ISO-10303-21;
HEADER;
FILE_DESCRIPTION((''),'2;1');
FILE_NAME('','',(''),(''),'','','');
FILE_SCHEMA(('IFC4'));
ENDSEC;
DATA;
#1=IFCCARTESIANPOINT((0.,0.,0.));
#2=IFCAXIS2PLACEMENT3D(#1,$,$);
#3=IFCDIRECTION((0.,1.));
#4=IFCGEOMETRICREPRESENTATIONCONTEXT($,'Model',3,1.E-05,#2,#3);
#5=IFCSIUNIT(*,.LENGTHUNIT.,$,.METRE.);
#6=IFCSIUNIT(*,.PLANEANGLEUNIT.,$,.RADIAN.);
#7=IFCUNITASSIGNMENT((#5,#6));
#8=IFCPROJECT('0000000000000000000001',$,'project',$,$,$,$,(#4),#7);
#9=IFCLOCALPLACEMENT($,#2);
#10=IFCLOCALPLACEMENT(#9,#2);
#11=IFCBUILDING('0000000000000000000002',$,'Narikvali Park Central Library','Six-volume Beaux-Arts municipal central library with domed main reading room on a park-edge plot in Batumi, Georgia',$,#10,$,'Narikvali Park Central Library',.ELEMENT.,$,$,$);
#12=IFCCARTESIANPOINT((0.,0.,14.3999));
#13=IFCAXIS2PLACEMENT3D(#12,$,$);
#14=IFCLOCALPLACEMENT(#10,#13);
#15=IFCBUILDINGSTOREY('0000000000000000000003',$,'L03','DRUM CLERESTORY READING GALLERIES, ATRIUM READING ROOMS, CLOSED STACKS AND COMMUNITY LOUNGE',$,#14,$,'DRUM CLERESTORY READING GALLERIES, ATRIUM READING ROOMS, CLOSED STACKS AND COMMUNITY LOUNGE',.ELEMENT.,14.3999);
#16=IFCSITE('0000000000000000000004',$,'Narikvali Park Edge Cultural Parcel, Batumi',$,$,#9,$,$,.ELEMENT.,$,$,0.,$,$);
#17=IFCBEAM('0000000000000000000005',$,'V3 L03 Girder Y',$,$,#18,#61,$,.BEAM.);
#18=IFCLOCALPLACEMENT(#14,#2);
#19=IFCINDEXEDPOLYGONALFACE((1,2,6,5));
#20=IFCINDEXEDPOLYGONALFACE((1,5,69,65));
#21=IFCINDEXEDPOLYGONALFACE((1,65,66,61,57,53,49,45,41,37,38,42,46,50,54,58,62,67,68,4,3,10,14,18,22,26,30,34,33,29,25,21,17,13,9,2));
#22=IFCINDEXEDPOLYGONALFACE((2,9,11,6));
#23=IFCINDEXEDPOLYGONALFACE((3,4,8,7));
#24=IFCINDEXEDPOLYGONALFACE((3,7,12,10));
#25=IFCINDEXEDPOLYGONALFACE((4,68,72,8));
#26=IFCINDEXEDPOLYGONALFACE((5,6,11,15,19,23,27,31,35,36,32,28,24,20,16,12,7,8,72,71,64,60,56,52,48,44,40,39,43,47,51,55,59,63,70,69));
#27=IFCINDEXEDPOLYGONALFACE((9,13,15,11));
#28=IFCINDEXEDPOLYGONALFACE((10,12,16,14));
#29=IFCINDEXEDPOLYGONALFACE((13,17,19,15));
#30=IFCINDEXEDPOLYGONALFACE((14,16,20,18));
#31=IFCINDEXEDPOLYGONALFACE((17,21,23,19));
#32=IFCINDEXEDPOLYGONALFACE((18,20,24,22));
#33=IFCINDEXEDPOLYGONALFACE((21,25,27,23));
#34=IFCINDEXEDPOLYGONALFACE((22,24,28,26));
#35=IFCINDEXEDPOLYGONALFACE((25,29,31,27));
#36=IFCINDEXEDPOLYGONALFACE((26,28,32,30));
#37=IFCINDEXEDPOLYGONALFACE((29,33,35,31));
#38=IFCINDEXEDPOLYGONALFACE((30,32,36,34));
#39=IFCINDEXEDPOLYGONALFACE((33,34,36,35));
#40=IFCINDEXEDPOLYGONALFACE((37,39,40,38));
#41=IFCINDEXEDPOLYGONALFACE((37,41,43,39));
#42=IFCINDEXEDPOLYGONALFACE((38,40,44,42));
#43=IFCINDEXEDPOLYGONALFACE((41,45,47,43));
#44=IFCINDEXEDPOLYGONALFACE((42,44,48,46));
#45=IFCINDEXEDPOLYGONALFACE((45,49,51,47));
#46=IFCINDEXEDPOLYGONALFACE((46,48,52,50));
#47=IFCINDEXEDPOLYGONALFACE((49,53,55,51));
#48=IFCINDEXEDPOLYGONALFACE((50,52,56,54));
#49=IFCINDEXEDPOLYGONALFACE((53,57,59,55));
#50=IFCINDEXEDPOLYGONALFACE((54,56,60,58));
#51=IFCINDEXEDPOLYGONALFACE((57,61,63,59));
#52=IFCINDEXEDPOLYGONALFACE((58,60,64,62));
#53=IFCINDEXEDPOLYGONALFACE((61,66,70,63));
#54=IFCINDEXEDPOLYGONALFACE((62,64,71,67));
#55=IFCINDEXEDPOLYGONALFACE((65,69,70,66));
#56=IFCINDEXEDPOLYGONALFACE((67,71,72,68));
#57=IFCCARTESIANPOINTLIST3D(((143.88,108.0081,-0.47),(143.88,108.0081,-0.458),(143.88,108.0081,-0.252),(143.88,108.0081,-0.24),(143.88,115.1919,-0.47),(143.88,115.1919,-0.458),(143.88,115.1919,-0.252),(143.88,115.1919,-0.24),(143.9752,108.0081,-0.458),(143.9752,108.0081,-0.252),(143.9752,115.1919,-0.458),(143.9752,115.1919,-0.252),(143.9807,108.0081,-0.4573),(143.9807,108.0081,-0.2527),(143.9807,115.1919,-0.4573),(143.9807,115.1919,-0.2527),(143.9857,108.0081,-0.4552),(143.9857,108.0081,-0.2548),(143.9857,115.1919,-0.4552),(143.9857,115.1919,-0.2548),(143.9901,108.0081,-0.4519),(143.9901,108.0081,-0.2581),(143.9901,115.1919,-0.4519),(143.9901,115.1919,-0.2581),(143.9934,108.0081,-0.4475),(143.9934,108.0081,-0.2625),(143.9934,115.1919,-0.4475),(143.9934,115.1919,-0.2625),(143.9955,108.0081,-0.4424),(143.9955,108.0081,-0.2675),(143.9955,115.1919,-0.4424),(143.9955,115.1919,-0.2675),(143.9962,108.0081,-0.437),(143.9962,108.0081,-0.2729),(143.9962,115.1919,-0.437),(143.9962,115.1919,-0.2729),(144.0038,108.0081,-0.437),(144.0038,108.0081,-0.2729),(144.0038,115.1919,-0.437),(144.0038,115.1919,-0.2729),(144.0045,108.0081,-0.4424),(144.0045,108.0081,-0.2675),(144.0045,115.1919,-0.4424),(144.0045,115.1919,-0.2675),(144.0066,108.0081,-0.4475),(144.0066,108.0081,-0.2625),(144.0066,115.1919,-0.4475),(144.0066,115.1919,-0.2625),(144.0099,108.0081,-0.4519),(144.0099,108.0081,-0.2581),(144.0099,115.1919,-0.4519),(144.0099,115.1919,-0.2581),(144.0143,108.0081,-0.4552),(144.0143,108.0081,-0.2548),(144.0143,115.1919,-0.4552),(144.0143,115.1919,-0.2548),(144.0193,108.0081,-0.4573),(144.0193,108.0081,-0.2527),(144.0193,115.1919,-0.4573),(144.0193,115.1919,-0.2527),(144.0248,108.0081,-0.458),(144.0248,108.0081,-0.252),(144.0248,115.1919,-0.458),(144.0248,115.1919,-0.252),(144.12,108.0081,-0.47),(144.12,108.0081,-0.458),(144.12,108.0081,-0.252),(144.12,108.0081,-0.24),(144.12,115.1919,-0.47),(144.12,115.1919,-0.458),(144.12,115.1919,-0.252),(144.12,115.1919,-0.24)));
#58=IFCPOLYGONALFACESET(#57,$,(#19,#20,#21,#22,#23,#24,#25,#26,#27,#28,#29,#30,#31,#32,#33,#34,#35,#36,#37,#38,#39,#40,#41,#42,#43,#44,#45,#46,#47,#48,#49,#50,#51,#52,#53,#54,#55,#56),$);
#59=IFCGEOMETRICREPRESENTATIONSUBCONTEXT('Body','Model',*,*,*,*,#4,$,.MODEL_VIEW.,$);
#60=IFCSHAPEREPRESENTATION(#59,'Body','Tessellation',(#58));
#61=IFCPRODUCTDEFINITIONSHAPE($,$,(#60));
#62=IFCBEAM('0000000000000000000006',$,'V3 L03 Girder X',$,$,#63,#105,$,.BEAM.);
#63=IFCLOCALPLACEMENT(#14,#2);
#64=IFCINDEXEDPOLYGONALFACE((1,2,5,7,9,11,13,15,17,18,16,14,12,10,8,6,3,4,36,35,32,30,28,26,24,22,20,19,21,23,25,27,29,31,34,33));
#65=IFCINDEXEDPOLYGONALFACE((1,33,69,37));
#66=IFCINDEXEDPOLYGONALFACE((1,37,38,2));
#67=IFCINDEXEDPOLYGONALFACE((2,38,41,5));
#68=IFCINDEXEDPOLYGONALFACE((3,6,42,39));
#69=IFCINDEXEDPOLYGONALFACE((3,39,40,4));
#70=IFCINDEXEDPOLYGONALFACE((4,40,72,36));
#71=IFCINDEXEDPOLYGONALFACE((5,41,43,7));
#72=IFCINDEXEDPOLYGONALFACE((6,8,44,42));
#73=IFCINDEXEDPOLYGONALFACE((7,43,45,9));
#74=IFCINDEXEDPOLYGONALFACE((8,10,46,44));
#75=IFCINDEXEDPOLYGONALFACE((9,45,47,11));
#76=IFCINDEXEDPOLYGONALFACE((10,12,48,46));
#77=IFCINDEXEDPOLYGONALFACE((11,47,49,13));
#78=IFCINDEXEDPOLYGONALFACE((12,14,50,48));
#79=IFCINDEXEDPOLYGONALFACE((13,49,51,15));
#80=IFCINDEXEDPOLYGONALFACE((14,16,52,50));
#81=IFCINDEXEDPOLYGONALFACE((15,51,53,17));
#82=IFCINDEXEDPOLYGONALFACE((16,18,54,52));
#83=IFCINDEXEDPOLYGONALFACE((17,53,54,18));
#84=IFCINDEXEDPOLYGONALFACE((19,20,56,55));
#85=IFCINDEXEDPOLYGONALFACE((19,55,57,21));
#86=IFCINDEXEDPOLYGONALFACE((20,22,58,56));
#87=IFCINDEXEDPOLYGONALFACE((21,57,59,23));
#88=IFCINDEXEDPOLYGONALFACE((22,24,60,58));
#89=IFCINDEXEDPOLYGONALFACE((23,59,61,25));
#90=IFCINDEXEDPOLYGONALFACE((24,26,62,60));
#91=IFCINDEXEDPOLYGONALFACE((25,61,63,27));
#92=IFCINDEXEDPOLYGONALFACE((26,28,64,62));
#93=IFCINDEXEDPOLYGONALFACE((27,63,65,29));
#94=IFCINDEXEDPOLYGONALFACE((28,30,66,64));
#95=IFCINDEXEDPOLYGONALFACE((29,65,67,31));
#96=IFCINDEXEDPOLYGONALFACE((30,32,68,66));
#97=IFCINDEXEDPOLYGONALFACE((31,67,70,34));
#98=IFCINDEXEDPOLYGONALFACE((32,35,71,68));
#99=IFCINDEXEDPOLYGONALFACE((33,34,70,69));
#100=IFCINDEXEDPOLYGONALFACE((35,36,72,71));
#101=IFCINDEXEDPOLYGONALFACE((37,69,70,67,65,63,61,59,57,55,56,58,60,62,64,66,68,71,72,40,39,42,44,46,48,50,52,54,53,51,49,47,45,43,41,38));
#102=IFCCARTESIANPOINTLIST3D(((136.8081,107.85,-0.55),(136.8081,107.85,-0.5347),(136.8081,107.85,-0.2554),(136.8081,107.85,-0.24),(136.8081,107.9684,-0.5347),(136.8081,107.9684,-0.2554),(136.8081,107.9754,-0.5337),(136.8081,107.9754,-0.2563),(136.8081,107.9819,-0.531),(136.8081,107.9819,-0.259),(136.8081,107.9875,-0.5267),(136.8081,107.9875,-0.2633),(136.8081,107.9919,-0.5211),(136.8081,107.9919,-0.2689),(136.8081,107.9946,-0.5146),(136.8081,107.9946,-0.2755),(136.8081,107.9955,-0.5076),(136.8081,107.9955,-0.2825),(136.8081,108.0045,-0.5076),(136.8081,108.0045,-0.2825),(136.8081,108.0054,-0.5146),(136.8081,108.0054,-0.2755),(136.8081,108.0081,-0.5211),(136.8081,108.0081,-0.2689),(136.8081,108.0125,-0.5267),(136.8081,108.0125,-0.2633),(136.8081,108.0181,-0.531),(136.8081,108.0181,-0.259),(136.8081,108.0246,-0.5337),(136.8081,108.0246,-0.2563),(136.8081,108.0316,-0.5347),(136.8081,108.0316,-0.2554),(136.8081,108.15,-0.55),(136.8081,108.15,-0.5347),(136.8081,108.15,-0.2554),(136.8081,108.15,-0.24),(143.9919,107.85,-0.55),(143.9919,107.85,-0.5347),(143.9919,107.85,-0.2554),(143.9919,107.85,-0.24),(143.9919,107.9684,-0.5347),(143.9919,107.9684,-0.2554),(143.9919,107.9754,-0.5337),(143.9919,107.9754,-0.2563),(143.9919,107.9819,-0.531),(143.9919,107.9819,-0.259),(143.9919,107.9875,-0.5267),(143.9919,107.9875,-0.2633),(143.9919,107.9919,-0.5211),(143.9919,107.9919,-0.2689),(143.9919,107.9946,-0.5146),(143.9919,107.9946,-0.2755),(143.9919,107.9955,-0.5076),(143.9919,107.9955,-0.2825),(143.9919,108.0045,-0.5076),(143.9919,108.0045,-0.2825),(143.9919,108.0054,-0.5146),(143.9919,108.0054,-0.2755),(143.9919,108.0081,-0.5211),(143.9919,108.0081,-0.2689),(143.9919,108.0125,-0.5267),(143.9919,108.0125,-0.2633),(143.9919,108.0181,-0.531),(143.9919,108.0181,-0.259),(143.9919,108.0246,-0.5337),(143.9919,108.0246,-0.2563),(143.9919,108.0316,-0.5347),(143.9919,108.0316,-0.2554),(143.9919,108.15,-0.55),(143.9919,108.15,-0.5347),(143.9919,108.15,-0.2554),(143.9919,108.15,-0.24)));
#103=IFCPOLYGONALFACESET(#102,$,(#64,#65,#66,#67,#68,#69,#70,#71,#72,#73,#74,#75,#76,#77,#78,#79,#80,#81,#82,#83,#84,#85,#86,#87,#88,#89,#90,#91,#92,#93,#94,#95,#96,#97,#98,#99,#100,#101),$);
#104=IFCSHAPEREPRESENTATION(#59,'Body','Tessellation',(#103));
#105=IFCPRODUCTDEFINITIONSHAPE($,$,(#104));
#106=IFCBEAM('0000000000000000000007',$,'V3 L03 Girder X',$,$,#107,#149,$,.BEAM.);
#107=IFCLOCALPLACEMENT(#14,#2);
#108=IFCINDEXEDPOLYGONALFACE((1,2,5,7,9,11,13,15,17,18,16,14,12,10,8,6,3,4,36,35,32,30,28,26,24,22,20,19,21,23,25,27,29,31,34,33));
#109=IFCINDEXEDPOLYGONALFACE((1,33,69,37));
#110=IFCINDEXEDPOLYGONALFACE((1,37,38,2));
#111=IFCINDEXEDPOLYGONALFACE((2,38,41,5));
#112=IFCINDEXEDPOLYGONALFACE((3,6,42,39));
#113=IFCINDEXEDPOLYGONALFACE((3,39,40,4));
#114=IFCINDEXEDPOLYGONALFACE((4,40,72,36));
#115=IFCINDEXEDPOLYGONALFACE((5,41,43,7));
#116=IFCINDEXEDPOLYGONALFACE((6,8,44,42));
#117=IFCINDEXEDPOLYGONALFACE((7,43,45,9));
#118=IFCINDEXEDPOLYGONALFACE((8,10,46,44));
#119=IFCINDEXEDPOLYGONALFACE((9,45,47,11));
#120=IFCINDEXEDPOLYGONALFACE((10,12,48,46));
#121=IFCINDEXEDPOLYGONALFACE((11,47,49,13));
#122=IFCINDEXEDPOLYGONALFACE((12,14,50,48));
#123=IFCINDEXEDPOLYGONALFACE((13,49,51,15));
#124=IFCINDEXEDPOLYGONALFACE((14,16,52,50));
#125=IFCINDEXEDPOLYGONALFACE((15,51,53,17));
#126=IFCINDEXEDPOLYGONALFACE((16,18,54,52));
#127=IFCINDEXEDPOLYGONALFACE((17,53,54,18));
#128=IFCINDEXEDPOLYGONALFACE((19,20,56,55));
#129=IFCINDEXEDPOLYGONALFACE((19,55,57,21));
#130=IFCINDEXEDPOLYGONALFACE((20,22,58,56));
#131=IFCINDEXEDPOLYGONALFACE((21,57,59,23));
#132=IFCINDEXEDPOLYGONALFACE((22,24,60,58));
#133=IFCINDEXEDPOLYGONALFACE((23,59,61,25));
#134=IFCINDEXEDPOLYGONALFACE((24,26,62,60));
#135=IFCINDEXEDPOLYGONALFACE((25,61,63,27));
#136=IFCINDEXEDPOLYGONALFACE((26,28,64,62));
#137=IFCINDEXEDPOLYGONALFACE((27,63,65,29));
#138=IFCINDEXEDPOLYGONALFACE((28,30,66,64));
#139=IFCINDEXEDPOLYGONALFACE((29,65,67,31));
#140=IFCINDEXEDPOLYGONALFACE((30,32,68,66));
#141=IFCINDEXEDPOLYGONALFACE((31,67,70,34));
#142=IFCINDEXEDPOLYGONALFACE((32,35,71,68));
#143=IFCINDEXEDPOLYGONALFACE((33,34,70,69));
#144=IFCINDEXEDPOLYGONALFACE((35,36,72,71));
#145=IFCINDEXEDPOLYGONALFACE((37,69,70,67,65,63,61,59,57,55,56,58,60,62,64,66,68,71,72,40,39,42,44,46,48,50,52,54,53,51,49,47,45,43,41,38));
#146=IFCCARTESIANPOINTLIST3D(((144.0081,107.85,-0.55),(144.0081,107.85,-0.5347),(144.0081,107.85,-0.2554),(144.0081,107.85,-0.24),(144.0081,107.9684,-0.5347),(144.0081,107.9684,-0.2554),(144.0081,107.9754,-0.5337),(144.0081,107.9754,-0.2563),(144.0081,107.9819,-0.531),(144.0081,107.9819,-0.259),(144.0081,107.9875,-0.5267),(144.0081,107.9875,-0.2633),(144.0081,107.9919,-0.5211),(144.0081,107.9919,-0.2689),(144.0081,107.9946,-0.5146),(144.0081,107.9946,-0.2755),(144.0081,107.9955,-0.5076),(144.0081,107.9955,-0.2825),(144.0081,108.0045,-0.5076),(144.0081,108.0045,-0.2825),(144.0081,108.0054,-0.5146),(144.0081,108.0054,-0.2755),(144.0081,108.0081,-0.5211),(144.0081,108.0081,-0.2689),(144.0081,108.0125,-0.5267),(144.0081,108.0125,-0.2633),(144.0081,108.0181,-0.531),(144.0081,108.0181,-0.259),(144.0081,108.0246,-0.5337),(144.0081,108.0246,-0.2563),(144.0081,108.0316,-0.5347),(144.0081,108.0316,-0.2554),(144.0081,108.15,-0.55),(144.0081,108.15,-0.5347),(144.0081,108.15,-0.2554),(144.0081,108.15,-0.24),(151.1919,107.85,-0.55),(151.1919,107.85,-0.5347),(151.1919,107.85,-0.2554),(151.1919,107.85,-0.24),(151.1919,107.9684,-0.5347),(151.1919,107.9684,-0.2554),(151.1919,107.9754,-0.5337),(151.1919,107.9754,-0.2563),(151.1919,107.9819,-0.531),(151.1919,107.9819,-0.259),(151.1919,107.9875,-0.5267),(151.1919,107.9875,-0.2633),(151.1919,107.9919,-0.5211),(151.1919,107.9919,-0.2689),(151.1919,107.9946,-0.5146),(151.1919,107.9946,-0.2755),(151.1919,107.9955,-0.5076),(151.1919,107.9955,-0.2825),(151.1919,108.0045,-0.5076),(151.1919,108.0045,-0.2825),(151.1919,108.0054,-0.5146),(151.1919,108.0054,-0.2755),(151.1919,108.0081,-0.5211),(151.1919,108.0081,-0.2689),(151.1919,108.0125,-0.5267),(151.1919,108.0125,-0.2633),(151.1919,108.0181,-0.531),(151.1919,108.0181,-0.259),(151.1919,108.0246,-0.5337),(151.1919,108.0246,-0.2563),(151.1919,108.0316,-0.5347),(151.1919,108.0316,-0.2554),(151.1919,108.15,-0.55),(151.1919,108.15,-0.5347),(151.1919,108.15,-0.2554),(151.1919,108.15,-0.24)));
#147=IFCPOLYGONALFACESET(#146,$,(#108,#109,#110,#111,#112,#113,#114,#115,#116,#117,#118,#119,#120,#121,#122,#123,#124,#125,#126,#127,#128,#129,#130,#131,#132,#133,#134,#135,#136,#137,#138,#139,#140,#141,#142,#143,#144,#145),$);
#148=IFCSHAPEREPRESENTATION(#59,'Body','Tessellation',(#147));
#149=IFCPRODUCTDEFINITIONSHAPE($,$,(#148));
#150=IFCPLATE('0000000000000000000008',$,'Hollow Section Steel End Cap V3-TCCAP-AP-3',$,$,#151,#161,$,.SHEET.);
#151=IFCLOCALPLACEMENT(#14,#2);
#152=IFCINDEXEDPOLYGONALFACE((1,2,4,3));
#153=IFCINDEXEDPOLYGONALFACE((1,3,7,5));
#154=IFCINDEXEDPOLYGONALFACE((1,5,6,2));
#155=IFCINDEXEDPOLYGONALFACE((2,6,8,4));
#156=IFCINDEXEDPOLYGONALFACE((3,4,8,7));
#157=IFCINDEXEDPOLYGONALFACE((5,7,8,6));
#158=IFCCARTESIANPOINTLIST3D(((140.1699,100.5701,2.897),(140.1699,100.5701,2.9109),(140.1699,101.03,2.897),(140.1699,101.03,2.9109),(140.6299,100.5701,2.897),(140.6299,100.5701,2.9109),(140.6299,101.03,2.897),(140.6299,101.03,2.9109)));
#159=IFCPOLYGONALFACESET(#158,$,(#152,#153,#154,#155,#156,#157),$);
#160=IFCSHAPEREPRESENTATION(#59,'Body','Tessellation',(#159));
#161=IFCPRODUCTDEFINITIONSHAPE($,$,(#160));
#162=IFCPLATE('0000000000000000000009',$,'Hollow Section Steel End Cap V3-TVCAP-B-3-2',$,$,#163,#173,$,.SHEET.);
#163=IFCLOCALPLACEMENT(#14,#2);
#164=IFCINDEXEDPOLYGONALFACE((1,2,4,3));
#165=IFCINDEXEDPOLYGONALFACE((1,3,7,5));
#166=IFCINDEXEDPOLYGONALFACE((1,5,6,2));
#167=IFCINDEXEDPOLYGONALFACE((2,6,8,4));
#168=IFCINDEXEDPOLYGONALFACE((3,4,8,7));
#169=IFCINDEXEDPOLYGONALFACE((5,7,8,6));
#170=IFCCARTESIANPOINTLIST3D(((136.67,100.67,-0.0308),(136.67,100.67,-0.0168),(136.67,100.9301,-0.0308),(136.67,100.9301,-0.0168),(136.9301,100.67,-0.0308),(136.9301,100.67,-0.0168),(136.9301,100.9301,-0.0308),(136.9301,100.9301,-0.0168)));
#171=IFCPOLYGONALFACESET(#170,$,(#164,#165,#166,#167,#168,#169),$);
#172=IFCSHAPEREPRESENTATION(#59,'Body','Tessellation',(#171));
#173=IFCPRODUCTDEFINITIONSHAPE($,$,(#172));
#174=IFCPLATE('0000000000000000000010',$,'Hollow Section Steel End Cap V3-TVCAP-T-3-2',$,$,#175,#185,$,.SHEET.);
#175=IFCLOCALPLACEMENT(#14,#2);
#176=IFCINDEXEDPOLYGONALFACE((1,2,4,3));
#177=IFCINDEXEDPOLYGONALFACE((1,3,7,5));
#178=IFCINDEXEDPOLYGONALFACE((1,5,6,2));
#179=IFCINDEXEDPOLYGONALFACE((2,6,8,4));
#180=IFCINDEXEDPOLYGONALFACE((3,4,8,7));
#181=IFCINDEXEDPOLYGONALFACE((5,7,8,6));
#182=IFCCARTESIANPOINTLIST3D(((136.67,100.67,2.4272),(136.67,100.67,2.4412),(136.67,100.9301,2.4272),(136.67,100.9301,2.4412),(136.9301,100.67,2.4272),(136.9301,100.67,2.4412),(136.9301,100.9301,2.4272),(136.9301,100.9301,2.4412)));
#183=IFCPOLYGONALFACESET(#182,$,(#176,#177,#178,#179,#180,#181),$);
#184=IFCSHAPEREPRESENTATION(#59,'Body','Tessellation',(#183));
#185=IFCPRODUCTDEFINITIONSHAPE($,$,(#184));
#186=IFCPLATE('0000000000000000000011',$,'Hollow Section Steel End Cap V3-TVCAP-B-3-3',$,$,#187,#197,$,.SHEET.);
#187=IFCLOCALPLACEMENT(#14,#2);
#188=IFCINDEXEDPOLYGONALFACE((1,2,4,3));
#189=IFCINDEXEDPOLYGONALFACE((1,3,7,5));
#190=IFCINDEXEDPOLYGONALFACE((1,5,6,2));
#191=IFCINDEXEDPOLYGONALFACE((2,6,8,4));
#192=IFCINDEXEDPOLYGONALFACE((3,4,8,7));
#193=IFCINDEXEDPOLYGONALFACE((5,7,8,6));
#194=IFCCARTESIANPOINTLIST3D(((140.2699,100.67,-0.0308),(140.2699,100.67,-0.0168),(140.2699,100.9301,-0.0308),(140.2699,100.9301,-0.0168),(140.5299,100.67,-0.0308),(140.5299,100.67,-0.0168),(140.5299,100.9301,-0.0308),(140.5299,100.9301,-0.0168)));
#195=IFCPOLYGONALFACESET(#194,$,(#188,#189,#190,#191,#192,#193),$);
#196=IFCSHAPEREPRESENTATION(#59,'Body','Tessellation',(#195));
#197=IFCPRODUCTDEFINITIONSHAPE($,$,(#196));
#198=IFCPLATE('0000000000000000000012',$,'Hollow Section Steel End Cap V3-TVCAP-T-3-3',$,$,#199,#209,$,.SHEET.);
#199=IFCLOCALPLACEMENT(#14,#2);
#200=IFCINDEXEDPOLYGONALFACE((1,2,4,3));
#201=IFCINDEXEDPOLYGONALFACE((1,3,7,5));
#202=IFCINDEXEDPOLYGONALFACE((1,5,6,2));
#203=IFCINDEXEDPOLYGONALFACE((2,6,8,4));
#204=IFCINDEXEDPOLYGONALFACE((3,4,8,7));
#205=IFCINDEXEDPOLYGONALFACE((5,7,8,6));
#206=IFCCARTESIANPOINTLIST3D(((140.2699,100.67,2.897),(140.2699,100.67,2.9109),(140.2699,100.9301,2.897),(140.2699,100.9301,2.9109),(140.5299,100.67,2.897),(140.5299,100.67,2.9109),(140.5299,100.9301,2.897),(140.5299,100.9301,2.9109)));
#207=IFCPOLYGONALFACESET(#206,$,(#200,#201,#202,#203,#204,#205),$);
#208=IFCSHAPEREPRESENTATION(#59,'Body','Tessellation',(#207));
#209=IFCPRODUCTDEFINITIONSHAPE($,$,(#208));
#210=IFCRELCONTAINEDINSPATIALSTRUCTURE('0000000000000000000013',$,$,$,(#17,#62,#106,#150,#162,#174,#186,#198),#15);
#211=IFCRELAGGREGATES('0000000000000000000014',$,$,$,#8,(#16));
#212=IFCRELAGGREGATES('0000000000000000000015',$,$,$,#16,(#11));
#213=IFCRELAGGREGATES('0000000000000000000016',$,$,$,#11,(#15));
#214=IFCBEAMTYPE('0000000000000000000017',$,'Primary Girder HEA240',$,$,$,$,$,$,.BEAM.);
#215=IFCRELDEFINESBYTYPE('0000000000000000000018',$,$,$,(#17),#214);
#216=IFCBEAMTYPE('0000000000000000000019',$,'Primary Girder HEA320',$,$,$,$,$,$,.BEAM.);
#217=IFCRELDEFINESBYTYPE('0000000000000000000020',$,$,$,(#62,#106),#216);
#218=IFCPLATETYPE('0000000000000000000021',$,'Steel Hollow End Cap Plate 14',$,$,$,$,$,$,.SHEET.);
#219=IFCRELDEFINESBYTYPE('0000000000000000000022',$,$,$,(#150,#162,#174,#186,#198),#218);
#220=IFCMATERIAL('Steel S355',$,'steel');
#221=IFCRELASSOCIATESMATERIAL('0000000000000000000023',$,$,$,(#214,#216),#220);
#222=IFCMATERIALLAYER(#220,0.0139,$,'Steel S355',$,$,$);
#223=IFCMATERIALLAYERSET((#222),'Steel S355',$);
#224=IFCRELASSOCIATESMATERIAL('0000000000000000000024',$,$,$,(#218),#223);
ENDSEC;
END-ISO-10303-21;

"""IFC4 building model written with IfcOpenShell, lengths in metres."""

from ifc_helpers import new_model, si_unit, direction, frame, origin, origin_2d, place, context, subcontext, project, spatial, rectangle, i_section, extrude, material, layer, layer_set, material_profile, profile_set, type_object, element, save


model = new_model("IFC4")

# Units and contexts
model_context = context("Model", 3, precision=1e-05, world=origin(), true_north=direction((0.0, 1.0)))
body_context = subcontext(model_context, "Body", "Model", "MODEL_VIEW")
ifc_project = project(units=[si_unit("LENGTHUNIT", "METRE"), si_unit("PLANEANGLEUNIT", "RADIAN")], contexts=[model_context])

# Site, building, storey
site_placement = place(None, origin())
site = spatial("IfcSite", under=ifc_project, at=site_placement, Name="Narikvali Park Edge Cultural Parcel, Batumi", CompositionType="ELEMENT", RefElevation=0.0)
building_placement = place(site_placement, origin())
building = spatial("IfcBuilding", under=site, at=building_placement, Name="Narikvali Park Central Library", Description="Six-volume Beaux-Arts municipal central library with domed main reading room on a park-edge plot in Batumi, Georgia", LongName="Narikvali Park Central Library", CompositionType="ELEMENT")
storey_placement = place(building_placement, frame((0.0, 0.0, 14.3999)))
storey = spatial("IfcBuildingStorey", under=building, at=storey_placement, Name="L03", Description="DRUM CLERESTORY READING GALLERIES, ATRIUM READING ROOMS, CLOSED STACKS AND COMMUNITY LOUNGE", LongName="DRUM CLERESTORY READING GALLERIES, ATRIUM READING ROOMS, CLOSED STACKS AND COMMUNITY LOUNGE", CompositionType="ELEMENT", Elevation=14.3999)

# Shared definitions
ifc_material = material(Name="Steel S355", Category="steel")

# Beams
ifc_material_profile_1 = material_profile(ifc_material, i_section(OverallWidth=0.24, OverallDepth=0.23, WebThickness=0.0076, FlangeThickness=0.012, FilletRadius=0.021, at=origin_2d()), Name="HEA 240")
ifc_profile_set_1 = profile_set([ifc_material_profile_1], Name="Steel S355")
beam_type_1 = type_object("IfcBeamType", Name="Primary Girder HEA240", PredefinedType="BEAM", material=ifc_profile_set_1)
for number, where, z_axis, x_axis, name in (
    (1, (144.0, 108.0081, -0.355), (0.0, 1.0, 0.0), (-1.0, 0.0, 0.0), "V3 L03 Girder Y"),
):
    element("IfcBeam", number, at=place(storey_placement, frame(where, z_axis=z_axis, x_axis=x_axis)), inside=storey, type_object=beam_type_1, Name=name, PredefinedType="BEAM", context=body_context, shape_type="SweptSolid", body=[
        extrude(i_section(OverallWidth=0.24, OverallDepth=0.23, WebThickness=0.0076, FlangeThickness=0.012, FilletRadius=0.021, at=origin_2d()), origin(), (0.0, 0.0, 1.0), 7.1838),
    ])
ifc_material_profile_2 = material_profile(ifc_material, i_section(OverallWidth=0.3, OverallDepth=0.3101, WebThickness=0.009, FlangeThickness=0.0154, FilletRadius=0.0271, at=origin_2d()), Name="HEA 320")
ifc_profile_set_2 = profile_set([ifc_material_profile_2], Name="Steel S355")
beam_type_2 = type_object("IfcBeamType", Name="Primary Girder HEA320", PredefinedType="BEAM", material=ifc_profile_set_2)
for number, where, z_axis, x_axis, name in (
    (2, (136.8081, 108.0, -0.395), (1.0, 0.0, 0.0), (0.0, 1.0, 0.0), "V3 L03 Girder X"),
    (3, (144.0081, 108.0, -0.395), (1.0, 0.0, 0.0), (0.0, 1.0, 0.0), "V3 L03 Girder X"),
):
    element("IfcBeam", number, at=place(storey_placement, frame(where, z_axis=z_axis, x_axis=x_axis)), inside=storey, type_object=beam_type_2, Name=name, PredefinedType="BEAM", context=body_context, shape_type="SweptSolid", body=[
        extrude(i_section(OverallWidth=0.3, OverallDepth=0.3101, WebThickness=0.009, FlangeThickness=0.0154, FilletRadius=0.0271, at=origin_2d()), origin(), (0.0, 0.0, 1.0), 7.1838),
    ])

# Plates
ifc_layer = layer(ifc_material, 0.0139, Name="Steel S355")
ifc_layer_set = layer_set([ifc_layer], Name="Steel S355")
plate_type = type_object("IfcPlateType", Name="Steel Hollow End Cap Plate 14", PredefinedType="SHEET", material=ifc_layer_set)
plate_1_placement = place(storey_placement, frame((140.3999, 100.8, 2.897), z_axis=(0.0, 0.0, 1.0), x_axis=(1.0, 0.0, 0.0)))
element("IfcPlate", 4, at=plate_1_placement, inside=storey, type_object=plate_type, Name="Hollow Section Steel End Cap V3-TCCAP-AP-3", PredefinedType="SHEET", context=body_context, shape_type="SweptSolid", body=[
    extrude(rectangle(XDim=0.46, YDim=0.46, at=origin_2d()), origin(), (0.0, 0.0, 1.0), 0.0139),
])
for number, where, z_axis, x_axis, name in (
    (5, (136.8, 100.8, -0.0308), (0.0, 0.0, 1.0), (1.0, 0.0, 0.0), "Hollow Section Steel End Cap V3-TVCAP-B-3-2"),
    (6, (136.8, 100.8, 2.4272), (0.0, 0.0, 1.0), (1.0, 0.0, 0.0), "Hollow Section Steel End Cap V3-TVCAP-T-3-2"),
    (7, (140.3999, 100.8, -0.0308), (0.0, 0.0, 1.0), (1.0, 0.0, 0.0), "Hollow Section Steel End Cap V3-TVCAP-B-3-3"),
    (8, (140.3999, 100.8, 2.897), (0.0, 0.0, 1.0), (1.0, 0.0, 0.0), "Hollow Section Steel End Cap V3-TVCAP-T-3-3"),
):
    element("IfcPlate", number, at=place(storey_placement, frame(where, z_axis=z_axis, x_axis=x_axis)), inside=storey, type_object=plate_type, Name=name, PredefinedType="SHEET", context=body_context, shape_type="SweptSolid", body=[
        extrude(rectangle(XDim=0.26, YDim=0.26, at=origin_2d()), origin(), (0.0, 0.0, 1.0), 0.0139),
    ])

save(model, "model.ifc")
